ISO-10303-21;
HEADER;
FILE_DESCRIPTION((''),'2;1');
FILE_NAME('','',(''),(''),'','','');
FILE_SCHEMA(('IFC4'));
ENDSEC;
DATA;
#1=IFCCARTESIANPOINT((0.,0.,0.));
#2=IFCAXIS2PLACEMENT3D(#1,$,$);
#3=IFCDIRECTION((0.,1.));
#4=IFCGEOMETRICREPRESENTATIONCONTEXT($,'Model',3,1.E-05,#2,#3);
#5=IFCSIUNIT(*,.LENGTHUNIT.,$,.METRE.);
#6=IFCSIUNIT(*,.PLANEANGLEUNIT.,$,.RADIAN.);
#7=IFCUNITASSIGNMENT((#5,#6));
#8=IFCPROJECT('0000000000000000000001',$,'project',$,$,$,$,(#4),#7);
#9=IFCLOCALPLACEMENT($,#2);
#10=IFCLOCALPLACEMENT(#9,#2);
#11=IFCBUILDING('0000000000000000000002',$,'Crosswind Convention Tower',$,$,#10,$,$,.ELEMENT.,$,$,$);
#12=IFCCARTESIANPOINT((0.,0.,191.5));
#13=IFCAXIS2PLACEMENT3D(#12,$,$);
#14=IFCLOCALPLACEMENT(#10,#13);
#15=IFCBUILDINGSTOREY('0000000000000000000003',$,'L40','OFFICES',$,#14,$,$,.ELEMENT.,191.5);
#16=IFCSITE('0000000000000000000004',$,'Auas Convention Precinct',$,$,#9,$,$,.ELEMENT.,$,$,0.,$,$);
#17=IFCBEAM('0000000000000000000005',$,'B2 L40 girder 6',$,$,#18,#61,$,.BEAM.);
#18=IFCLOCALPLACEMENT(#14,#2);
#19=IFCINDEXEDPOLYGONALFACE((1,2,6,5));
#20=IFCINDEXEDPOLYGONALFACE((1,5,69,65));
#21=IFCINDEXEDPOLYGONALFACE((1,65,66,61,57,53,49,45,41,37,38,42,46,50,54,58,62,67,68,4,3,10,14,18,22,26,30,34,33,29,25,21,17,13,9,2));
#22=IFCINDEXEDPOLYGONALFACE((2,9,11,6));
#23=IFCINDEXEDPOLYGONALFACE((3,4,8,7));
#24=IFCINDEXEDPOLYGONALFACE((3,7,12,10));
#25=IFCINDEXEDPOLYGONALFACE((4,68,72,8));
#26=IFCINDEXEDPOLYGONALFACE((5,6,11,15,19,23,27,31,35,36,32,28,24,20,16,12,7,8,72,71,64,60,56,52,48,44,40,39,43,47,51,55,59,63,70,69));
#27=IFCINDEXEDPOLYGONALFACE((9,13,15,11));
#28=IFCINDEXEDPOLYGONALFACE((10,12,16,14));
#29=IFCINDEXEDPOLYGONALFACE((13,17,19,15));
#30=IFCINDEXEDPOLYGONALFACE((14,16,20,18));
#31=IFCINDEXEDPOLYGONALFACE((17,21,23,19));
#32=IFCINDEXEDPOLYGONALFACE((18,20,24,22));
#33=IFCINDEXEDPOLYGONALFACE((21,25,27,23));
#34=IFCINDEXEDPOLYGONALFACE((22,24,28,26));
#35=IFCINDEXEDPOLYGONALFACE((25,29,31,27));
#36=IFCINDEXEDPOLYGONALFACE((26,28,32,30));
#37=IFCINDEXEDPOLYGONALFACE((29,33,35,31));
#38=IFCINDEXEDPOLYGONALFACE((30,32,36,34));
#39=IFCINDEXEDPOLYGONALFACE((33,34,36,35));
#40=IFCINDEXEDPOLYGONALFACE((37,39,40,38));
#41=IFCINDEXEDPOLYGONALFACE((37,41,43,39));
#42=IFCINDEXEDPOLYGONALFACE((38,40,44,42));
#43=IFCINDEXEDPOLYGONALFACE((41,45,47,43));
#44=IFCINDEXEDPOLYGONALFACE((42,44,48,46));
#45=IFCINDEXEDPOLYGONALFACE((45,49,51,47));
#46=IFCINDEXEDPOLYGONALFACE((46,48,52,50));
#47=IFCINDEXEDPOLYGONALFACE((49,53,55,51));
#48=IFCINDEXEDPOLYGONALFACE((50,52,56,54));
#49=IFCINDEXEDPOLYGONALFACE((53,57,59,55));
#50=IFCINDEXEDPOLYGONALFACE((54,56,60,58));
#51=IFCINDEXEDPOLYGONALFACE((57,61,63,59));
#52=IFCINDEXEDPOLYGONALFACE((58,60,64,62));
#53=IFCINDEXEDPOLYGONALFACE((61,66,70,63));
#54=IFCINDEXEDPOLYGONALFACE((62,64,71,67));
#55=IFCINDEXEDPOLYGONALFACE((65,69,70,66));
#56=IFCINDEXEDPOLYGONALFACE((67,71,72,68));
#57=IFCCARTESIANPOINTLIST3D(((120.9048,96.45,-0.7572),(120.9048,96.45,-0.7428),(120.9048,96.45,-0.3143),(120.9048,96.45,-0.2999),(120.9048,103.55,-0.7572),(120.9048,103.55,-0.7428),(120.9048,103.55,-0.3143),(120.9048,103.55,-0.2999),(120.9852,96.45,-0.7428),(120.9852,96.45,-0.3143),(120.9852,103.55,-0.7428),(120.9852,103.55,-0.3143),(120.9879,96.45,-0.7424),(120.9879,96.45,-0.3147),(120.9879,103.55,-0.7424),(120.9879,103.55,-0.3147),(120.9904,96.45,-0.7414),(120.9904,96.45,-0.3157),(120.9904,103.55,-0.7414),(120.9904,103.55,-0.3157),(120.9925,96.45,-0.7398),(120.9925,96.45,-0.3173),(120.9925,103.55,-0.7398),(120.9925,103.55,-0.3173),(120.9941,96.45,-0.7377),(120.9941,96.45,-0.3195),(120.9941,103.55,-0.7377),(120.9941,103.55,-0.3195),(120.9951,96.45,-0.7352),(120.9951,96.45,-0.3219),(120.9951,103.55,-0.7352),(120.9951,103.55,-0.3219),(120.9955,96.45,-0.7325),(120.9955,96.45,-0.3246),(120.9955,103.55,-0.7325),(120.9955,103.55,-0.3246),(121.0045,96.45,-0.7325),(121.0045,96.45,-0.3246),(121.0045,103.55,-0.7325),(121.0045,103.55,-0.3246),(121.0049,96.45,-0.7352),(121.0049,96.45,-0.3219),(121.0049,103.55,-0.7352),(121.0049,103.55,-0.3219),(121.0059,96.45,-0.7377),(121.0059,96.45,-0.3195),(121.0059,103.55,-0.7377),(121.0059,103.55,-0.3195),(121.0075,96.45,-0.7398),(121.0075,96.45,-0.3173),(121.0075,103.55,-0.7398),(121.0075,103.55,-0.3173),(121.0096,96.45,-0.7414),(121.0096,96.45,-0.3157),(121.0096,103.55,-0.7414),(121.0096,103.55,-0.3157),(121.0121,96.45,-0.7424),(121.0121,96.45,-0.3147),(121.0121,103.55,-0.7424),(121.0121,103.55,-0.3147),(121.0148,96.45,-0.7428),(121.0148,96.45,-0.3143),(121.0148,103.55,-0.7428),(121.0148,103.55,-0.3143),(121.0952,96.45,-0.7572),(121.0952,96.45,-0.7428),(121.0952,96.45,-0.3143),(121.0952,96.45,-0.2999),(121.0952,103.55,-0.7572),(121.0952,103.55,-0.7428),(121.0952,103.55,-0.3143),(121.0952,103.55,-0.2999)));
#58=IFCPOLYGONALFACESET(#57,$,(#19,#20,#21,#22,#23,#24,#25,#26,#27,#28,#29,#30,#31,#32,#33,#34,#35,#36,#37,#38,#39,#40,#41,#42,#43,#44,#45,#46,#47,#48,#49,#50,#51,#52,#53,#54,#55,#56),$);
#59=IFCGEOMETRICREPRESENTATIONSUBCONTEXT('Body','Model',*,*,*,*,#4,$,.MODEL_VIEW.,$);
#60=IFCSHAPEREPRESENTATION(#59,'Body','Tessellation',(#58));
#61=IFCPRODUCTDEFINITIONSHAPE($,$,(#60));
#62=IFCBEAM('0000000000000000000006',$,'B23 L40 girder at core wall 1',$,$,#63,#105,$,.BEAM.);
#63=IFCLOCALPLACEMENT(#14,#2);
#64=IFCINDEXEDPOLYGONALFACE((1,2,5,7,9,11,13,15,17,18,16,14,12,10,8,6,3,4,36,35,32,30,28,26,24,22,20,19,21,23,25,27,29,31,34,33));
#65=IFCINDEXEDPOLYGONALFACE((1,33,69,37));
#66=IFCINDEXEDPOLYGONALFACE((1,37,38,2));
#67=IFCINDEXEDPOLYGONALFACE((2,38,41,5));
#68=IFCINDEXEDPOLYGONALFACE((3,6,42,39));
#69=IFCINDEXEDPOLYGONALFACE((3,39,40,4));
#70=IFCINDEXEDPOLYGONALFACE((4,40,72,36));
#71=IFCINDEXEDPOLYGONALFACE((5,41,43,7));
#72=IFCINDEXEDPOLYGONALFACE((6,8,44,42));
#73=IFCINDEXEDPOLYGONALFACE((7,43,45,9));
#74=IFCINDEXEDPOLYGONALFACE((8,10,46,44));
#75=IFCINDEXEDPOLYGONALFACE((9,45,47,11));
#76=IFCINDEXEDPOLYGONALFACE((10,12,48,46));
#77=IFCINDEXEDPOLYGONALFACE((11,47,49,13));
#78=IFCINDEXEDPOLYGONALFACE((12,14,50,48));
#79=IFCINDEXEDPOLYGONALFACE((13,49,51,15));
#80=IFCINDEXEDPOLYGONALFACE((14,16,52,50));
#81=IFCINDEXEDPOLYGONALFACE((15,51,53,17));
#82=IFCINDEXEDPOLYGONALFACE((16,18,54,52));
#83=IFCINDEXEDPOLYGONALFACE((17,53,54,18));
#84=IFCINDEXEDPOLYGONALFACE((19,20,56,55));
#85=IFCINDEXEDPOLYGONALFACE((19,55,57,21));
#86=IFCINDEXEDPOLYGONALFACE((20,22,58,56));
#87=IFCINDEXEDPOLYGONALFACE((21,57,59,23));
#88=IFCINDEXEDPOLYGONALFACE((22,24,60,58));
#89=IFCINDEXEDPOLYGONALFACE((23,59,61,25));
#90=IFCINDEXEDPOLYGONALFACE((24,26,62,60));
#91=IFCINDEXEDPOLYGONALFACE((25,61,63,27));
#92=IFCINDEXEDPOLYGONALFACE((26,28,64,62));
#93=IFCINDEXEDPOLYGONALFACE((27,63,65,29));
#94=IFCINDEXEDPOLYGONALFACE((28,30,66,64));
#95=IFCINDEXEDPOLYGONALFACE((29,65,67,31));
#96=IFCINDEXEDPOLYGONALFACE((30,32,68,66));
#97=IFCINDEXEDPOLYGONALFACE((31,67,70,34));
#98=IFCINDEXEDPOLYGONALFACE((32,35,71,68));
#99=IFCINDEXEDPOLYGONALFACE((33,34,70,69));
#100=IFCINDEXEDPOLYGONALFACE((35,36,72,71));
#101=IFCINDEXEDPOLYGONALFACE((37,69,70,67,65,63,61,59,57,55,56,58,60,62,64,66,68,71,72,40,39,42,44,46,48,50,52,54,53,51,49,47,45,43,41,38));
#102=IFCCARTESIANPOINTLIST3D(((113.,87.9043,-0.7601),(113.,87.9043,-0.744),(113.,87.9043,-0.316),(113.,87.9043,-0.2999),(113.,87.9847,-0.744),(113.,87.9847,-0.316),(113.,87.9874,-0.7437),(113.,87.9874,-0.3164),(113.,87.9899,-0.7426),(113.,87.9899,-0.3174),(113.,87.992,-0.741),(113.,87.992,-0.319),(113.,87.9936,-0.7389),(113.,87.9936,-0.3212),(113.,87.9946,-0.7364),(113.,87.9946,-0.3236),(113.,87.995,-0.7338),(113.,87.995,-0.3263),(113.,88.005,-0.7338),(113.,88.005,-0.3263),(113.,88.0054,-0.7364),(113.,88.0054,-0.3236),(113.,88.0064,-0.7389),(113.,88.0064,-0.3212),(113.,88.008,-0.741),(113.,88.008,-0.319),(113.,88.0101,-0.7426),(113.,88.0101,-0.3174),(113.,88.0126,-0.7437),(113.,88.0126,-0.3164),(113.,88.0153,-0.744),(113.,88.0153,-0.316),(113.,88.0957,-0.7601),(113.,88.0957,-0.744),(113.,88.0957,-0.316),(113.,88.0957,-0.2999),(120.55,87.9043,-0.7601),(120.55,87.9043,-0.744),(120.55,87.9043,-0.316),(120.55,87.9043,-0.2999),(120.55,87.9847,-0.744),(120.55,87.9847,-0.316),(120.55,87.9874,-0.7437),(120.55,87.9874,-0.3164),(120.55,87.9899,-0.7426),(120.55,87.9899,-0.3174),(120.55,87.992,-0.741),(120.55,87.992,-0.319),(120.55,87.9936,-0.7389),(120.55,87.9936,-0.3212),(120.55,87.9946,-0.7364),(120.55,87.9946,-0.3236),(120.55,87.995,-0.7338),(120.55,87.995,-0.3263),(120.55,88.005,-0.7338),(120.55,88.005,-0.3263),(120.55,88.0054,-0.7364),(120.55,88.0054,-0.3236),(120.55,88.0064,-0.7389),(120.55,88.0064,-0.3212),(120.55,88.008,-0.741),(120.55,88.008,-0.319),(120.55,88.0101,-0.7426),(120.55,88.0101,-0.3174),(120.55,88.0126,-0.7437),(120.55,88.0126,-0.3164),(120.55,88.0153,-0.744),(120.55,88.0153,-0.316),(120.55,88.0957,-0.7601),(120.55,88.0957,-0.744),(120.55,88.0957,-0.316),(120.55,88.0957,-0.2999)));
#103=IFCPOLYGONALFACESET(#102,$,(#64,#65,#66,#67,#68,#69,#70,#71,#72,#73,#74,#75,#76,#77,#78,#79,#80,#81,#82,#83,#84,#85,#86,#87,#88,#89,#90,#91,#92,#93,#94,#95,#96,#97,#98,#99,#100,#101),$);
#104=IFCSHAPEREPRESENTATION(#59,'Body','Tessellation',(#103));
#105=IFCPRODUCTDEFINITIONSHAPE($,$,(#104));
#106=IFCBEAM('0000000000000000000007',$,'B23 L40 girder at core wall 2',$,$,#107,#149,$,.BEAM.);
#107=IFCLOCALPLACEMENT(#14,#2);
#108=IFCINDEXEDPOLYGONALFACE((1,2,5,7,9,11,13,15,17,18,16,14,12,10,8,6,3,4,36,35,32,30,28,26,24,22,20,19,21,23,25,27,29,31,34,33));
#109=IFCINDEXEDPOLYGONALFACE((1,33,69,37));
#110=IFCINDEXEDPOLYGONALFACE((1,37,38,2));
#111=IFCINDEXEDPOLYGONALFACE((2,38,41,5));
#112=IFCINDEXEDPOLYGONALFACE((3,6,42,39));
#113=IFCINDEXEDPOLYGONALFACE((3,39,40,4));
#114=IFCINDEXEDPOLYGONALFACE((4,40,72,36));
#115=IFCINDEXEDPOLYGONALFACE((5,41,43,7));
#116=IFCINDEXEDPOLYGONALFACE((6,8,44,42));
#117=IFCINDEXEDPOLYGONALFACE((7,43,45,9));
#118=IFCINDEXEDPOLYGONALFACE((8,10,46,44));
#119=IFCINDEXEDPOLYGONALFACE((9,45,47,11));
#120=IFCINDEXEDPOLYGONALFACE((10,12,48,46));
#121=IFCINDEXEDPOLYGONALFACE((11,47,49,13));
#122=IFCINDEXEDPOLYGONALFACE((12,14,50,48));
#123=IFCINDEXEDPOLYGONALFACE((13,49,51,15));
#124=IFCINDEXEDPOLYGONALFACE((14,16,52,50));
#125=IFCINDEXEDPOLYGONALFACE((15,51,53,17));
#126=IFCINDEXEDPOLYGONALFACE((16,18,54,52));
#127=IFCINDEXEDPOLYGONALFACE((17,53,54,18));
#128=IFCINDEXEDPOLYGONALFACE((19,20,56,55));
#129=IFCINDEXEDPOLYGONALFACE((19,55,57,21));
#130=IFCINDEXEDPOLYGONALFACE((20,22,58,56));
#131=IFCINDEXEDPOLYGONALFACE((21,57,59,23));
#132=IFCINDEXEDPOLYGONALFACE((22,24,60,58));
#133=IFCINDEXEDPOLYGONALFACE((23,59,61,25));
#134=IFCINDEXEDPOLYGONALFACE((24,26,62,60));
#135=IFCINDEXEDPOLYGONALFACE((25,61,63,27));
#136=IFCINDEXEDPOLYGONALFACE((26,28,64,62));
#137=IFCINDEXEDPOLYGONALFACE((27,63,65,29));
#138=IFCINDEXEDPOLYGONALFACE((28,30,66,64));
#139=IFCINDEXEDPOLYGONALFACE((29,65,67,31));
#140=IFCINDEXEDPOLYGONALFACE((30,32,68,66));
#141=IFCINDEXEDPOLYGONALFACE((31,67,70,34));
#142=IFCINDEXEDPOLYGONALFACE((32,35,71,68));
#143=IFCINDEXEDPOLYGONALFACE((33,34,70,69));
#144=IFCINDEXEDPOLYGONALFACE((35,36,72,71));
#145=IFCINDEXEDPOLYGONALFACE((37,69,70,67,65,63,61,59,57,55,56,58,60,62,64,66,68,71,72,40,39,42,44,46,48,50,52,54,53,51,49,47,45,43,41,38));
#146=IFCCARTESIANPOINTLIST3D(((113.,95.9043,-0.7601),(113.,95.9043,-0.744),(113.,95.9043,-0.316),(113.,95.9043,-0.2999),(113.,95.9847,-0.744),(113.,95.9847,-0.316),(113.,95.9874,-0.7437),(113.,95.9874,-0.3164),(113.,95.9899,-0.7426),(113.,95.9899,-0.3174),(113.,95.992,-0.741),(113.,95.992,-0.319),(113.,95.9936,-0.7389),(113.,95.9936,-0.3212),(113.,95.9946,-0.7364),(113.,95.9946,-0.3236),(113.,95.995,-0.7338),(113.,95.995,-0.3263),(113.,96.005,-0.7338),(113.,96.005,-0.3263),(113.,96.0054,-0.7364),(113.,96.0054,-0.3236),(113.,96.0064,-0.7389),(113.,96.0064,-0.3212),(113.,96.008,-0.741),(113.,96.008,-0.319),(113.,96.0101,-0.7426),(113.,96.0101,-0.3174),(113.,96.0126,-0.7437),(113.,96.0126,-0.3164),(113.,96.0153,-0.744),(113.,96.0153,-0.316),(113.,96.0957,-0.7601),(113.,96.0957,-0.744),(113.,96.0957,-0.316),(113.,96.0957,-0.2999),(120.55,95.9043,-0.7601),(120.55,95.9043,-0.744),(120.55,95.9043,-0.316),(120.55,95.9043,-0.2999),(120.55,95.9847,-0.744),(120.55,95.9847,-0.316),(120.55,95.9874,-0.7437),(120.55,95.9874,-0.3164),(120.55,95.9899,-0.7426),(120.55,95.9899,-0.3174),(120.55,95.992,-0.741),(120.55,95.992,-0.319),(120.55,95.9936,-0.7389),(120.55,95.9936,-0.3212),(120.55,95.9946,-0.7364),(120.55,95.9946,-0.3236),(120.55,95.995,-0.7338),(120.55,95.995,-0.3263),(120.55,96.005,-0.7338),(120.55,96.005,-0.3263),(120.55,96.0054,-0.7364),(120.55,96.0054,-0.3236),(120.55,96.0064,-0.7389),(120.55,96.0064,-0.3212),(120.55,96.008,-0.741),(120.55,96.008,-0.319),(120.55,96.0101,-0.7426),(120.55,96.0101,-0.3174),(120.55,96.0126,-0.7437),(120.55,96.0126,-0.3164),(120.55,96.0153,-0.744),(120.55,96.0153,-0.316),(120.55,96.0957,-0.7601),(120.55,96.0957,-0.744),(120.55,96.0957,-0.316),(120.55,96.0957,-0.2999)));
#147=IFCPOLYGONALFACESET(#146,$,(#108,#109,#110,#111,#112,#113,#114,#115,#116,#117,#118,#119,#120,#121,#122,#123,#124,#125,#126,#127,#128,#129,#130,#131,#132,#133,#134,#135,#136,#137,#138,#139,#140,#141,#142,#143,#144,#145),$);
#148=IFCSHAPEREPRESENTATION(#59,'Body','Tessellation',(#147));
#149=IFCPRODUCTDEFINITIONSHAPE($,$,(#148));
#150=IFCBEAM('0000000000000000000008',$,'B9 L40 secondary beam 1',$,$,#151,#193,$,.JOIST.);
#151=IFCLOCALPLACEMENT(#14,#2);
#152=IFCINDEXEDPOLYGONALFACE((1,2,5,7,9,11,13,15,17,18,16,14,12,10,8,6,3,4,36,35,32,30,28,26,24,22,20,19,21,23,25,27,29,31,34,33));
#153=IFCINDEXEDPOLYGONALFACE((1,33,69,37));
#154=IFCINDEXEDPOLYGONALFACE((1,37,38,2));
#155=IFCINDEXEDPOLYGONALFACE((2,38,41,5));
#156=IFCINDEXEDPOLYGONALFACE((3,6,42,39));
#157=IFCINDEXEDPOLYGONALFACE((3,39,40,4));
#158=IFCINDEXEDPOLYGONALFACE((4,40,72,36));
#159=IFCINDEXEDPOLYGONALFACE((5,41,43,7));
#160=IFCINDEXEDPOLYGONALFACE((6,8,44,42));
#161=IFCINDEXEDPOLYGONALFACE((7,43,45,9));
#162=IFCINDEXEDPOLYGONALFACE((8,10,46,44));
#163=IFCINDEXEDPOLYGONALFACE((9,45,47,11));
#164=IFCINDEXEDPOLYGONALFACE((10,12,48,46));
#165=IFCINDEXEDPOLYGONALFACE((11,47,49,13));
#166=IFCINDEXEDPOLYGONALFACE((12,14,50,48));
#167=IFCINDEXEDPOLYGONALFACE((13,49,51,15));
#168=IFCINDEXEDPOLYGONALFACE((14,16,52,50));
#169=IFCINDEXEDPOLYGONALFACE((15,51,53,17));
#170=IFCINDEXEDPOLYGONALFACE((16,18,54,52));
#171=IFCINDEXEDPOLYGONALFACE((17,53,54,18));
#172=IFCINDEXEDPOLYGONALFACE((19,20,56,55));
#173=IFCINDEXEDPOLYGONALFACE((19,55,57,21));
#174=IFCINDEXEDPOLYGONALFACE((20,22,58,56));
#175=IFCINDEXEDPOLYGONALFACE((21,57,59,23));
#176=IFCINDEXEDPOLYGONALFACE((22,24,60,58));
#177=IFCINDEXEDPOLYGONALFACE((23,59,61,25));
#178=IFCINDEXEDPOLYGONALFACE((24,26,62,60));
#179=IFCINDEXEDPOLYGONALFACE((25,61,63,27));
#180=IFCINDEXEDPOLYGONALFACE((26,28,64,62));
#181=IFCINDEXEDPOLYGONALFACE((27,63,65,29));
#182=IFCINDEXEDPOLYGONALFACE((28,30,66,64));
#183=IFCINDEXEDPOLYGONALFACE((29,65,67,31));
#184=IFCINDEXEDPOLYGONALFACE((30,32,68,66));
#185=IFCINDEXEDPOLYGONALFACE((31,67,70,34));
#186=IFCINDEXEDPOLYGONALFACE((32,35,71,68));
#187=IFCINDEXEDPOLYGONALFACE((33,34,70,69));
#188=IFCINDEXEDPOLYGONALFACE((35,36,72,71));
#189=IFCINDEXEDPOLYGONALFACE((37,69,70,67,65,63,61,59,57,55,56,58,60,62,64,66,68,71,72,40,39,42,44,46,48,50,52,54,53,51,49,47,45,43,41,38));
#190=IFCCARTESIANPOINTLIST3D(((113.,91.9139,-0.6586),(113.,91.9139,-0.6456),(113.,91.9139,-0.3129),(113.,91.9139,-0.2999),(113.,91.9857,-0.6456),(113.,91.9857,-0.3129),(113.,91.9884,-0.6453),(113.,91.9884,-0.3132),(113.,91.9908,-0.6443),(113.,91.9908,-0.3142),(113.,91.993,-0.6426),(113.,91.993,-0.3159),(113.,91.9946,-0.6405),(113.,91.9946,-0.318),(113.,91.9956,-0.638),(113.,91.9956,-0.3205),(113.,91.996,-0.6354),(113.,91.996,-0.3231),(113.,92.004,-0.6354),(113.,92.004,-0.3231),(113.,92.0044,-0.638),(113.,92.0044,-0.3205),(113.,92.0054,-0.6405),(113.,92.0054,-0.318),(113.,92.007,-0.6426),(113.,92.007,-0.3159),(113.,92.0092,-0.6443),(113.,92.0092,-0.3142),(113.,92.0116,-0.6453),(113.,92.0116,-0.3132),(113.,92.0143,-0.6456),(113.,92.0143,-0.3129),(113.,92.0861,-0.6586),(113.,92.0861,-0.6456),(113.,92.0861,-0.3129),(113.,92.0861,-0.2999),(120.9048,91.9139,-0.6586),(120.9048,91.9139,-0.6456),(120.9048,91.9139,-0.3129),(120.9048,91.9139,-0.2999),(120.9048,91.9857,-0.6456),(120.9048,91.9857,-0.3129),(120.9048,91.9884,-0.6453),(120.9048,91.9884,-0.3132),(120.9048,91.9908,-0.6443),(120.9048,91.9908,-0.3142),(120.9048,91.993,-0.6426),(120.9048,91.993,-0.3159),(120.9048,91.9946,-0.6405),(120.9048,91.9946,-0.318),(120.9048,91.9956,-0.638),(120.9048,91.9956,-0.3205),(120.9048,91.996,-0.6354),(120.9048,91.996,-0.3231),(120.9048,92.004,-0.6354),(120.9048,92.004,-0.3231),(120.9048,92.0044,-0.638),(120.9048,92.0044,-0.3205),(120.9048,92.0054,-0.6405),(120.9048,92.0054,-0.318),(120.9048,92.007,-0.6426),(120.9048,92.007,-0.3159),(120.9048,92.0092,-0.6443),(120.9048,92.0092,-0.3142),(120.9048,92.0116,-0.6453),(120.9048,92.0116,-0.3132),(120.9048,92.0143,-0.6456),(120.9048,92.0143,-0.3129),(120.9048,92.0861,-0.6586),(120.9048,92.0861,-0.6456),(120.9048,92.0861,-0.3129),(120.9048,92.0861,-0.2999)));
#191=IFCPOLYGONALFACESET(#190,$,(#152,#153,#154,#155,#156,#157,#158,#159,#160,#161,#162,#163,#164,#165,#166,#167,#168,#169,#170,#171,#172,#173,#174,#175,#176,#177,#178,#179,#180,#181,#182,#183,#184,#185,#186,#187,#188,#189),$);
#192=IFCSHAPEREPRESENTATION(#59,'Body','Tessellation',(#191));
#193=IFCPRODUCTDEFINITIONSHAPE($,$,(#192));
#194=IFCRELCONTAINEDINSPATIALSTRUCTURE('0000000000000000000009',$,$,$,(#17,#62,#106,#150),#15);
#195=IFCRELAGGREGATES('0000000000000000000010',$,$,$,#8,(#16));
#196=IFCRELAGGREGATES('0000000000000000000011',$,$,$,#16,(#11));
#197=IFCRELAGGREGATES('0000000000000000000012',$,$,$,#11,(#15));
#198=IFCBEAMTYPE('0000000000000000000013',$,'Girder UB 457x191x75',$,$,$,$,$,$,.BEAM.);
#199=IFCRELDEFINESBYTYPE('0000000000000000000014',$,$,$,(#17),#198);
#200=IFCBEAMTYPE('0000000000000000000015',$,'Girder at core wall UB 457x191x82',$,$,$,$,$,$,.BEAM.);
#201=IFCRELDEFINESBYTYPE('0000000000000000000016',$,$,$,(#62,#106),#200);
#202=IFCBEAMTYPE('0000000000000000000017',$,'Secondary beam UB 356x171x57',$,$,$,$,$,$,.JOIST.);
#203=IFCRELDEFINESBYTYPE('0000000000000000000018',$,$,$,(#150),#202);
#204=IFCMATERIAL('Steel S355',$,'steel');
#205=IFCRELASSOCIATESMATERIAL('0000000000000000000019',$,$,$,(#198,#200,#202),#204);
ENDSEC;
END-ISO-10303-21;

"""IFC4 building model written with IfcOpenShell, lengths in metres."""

from ifc_helpers import new_model, si_unit, direction, frame, origin, origin_2d, place, context, subcontext, project, spatial, i_section, extrude, material, material_profile, profile_set, type_object, element, save


model = new_model("IFC4")

# Units and contexts
model_context = context("Model", 3, precision=1e-05, world=origin(), true_north=direction((0.0, 1.0)))
body_context = subcontext(model_context, "Body", "Model", "MODEL_VIEW")
ifc_project = project(units=[si_unit("LENGTHUNIT", "METRE"), si_unit("PLANEANGLEUNIT", "RADIAN")], contexts=[model_context])

# Site, building, storey
site_placement = place(None, origin())
site = spatial("IfcSite", under=ifc_project, at=site_placement, Name="Auas Convention Precinct", CompositionType="ELEMENT", RefElevation=0.0)
building_placement = place(site_placement, origin())
building = spatial("IfcBuilding", under=site, at=building_placement, Name="Crosswind Convention Tower", CompositionType="ELEMENT")
storey_placement = place(building_placement, frame((0.0, 0.0, 191.5)))
storey = spatial("IfcBuildingStorey", under=building, at=storey_placement, Name="L40", Description="OFFICES", CompositionType="ELEMENT", Elevation=191.5)

# Beams
ifc_material_1 = material(Name="Steel S355", Category="steel")
ifc_material_profile_1 = material_profile(ifc_material_1, i_section(OverallWidth=0.1904, OverallDepth=0.4573, WebThickness=0.009, FlangeThickness=0.0144, FilletRadius=0.0103, at=origin_2d()), Name="UB 457x191x75")
ifc_profile_set_1 = profile_set([ifc_material_profile_1], Name="Steel S355")
beam_type_1 = type_object("IfcBeamType", Name="Girder UB 457x191x75", PredefinedType="BEAM", material=ifc_profile_set_1)
for number, where, z_axis, x_axis, name in (
    (1, (121.0, 96.45, -0.5286), (0.0, 1.0, 0.0), (-1.0, 0.0, 0.0), "B2 L40 girder 6"),
):
    element("IfcBeam", number, at=place(storey_placement, frame(where, z_axis=z_axis, x_axis=x_axis)), inside=storey, type_object=beam_type_1, Name=name, PredefinedType="BEAM", context=body_context, shape_type="SweptSolid", body=[
        extrude(i_section(OverallWidth=0.1904, OverallDepth=0.4573, WebThickness=0.009, FlangeThickness=0.0144, FilletRadius=0.0103, at=origin_2d()), origin(), (0.0, 0.0, 1.0), 7.1001),
    ])
ifc_material_profile_2 = material_profile(ifc_material_1, i_section(OverallWidth=0.1914, OverallDepth=0.4602, WebThickness=0.01, FlangeThickness=0.0161, FilletRadius=0.0103, at=origin_2d()), Name="UB 457x191x82")
ifc_profile_set_2 = profile_set([ifc_material_profile_2], Name="Steel S355")
beam_type_2 = type_object("IfcBeamType", Name="Girder at core wall UB 457x191x82", PredefinedType="BEAM", material=ifc_profile_set_2)
for number, where, z_axis, x_axis, name in (
    (2, (113.0, 88.0, -0.53), (1.0, 0.0, 0.0), (0.0, 1.0, 0.0), "B23 L40 girder at core wall 1"),
    (3, (113.0, 96.0, -0.53), (1.0, 0.0, 0.0), (0.0, 1.0, 0.0), "B23 L40 girder at core wall 2"),
):
    element("IfcBeam", number, at=place(storey_placement, frame(where, z_axis=z_axis, x_axis=x_axis)), inside=storey, type_object=beam_type_2, Name=name, PredefinedType="BEAM", context=body_context, shape_type="SweptSolid", body=[
        extrude(i_section(OverallWidth=0.1914, OverallDepth=0.4602, WebThickness=0.01, FlangeThickness=0.0161, FilletRadius=0.0103, at=origin_2d()), origin(), (0.0, 0.0, 1.0), 7.55),
    ])
ifc_material_profile_3 = material_profile(ifc_material_1, i_section(OverallWidth=0.1721, OverallDepth=0.3586, WebThickness=0.0081, FlangeThickness=0.0129, FilletRadius=0.0103, at=origin_2d()), Name="UB 356x171x57")
ifc_profile_set_3 = profile_set([ifc_material_profile_3], Name="Steel S355")
beam_type_3 = type_object("IfcBeamType", Name="Secondary beam UB 356x171x57", PredefinedType="JOIST", material=ifc_profile_set_3)
beam_1_placement = place(storey_placement, frame((113.0, 92.0, -0.4792), z_axis=(1.0, 0.0, 0.0), x_axis=(0.0, 1.0, 0.0)))
element("IfcBeam", 4, at=beam_1_placement, inside=storey, type_object=beam_type_3, Name="B9 L40 secondary beam 1", PredefinedType="JOIST", context=body_context, shape_type="SweptSolid", body=[
    extrude(i_section(OverallWidth=0.1721, OverallDepth=0.3586, WebThickness=0.0081, FlangeThickness=0.0129, FilletRadius=0.0103, at=origin_2d()), origin(), (0.0, 0.0, 1.0), 7.9048),
])

save(model, "model.ifc")
